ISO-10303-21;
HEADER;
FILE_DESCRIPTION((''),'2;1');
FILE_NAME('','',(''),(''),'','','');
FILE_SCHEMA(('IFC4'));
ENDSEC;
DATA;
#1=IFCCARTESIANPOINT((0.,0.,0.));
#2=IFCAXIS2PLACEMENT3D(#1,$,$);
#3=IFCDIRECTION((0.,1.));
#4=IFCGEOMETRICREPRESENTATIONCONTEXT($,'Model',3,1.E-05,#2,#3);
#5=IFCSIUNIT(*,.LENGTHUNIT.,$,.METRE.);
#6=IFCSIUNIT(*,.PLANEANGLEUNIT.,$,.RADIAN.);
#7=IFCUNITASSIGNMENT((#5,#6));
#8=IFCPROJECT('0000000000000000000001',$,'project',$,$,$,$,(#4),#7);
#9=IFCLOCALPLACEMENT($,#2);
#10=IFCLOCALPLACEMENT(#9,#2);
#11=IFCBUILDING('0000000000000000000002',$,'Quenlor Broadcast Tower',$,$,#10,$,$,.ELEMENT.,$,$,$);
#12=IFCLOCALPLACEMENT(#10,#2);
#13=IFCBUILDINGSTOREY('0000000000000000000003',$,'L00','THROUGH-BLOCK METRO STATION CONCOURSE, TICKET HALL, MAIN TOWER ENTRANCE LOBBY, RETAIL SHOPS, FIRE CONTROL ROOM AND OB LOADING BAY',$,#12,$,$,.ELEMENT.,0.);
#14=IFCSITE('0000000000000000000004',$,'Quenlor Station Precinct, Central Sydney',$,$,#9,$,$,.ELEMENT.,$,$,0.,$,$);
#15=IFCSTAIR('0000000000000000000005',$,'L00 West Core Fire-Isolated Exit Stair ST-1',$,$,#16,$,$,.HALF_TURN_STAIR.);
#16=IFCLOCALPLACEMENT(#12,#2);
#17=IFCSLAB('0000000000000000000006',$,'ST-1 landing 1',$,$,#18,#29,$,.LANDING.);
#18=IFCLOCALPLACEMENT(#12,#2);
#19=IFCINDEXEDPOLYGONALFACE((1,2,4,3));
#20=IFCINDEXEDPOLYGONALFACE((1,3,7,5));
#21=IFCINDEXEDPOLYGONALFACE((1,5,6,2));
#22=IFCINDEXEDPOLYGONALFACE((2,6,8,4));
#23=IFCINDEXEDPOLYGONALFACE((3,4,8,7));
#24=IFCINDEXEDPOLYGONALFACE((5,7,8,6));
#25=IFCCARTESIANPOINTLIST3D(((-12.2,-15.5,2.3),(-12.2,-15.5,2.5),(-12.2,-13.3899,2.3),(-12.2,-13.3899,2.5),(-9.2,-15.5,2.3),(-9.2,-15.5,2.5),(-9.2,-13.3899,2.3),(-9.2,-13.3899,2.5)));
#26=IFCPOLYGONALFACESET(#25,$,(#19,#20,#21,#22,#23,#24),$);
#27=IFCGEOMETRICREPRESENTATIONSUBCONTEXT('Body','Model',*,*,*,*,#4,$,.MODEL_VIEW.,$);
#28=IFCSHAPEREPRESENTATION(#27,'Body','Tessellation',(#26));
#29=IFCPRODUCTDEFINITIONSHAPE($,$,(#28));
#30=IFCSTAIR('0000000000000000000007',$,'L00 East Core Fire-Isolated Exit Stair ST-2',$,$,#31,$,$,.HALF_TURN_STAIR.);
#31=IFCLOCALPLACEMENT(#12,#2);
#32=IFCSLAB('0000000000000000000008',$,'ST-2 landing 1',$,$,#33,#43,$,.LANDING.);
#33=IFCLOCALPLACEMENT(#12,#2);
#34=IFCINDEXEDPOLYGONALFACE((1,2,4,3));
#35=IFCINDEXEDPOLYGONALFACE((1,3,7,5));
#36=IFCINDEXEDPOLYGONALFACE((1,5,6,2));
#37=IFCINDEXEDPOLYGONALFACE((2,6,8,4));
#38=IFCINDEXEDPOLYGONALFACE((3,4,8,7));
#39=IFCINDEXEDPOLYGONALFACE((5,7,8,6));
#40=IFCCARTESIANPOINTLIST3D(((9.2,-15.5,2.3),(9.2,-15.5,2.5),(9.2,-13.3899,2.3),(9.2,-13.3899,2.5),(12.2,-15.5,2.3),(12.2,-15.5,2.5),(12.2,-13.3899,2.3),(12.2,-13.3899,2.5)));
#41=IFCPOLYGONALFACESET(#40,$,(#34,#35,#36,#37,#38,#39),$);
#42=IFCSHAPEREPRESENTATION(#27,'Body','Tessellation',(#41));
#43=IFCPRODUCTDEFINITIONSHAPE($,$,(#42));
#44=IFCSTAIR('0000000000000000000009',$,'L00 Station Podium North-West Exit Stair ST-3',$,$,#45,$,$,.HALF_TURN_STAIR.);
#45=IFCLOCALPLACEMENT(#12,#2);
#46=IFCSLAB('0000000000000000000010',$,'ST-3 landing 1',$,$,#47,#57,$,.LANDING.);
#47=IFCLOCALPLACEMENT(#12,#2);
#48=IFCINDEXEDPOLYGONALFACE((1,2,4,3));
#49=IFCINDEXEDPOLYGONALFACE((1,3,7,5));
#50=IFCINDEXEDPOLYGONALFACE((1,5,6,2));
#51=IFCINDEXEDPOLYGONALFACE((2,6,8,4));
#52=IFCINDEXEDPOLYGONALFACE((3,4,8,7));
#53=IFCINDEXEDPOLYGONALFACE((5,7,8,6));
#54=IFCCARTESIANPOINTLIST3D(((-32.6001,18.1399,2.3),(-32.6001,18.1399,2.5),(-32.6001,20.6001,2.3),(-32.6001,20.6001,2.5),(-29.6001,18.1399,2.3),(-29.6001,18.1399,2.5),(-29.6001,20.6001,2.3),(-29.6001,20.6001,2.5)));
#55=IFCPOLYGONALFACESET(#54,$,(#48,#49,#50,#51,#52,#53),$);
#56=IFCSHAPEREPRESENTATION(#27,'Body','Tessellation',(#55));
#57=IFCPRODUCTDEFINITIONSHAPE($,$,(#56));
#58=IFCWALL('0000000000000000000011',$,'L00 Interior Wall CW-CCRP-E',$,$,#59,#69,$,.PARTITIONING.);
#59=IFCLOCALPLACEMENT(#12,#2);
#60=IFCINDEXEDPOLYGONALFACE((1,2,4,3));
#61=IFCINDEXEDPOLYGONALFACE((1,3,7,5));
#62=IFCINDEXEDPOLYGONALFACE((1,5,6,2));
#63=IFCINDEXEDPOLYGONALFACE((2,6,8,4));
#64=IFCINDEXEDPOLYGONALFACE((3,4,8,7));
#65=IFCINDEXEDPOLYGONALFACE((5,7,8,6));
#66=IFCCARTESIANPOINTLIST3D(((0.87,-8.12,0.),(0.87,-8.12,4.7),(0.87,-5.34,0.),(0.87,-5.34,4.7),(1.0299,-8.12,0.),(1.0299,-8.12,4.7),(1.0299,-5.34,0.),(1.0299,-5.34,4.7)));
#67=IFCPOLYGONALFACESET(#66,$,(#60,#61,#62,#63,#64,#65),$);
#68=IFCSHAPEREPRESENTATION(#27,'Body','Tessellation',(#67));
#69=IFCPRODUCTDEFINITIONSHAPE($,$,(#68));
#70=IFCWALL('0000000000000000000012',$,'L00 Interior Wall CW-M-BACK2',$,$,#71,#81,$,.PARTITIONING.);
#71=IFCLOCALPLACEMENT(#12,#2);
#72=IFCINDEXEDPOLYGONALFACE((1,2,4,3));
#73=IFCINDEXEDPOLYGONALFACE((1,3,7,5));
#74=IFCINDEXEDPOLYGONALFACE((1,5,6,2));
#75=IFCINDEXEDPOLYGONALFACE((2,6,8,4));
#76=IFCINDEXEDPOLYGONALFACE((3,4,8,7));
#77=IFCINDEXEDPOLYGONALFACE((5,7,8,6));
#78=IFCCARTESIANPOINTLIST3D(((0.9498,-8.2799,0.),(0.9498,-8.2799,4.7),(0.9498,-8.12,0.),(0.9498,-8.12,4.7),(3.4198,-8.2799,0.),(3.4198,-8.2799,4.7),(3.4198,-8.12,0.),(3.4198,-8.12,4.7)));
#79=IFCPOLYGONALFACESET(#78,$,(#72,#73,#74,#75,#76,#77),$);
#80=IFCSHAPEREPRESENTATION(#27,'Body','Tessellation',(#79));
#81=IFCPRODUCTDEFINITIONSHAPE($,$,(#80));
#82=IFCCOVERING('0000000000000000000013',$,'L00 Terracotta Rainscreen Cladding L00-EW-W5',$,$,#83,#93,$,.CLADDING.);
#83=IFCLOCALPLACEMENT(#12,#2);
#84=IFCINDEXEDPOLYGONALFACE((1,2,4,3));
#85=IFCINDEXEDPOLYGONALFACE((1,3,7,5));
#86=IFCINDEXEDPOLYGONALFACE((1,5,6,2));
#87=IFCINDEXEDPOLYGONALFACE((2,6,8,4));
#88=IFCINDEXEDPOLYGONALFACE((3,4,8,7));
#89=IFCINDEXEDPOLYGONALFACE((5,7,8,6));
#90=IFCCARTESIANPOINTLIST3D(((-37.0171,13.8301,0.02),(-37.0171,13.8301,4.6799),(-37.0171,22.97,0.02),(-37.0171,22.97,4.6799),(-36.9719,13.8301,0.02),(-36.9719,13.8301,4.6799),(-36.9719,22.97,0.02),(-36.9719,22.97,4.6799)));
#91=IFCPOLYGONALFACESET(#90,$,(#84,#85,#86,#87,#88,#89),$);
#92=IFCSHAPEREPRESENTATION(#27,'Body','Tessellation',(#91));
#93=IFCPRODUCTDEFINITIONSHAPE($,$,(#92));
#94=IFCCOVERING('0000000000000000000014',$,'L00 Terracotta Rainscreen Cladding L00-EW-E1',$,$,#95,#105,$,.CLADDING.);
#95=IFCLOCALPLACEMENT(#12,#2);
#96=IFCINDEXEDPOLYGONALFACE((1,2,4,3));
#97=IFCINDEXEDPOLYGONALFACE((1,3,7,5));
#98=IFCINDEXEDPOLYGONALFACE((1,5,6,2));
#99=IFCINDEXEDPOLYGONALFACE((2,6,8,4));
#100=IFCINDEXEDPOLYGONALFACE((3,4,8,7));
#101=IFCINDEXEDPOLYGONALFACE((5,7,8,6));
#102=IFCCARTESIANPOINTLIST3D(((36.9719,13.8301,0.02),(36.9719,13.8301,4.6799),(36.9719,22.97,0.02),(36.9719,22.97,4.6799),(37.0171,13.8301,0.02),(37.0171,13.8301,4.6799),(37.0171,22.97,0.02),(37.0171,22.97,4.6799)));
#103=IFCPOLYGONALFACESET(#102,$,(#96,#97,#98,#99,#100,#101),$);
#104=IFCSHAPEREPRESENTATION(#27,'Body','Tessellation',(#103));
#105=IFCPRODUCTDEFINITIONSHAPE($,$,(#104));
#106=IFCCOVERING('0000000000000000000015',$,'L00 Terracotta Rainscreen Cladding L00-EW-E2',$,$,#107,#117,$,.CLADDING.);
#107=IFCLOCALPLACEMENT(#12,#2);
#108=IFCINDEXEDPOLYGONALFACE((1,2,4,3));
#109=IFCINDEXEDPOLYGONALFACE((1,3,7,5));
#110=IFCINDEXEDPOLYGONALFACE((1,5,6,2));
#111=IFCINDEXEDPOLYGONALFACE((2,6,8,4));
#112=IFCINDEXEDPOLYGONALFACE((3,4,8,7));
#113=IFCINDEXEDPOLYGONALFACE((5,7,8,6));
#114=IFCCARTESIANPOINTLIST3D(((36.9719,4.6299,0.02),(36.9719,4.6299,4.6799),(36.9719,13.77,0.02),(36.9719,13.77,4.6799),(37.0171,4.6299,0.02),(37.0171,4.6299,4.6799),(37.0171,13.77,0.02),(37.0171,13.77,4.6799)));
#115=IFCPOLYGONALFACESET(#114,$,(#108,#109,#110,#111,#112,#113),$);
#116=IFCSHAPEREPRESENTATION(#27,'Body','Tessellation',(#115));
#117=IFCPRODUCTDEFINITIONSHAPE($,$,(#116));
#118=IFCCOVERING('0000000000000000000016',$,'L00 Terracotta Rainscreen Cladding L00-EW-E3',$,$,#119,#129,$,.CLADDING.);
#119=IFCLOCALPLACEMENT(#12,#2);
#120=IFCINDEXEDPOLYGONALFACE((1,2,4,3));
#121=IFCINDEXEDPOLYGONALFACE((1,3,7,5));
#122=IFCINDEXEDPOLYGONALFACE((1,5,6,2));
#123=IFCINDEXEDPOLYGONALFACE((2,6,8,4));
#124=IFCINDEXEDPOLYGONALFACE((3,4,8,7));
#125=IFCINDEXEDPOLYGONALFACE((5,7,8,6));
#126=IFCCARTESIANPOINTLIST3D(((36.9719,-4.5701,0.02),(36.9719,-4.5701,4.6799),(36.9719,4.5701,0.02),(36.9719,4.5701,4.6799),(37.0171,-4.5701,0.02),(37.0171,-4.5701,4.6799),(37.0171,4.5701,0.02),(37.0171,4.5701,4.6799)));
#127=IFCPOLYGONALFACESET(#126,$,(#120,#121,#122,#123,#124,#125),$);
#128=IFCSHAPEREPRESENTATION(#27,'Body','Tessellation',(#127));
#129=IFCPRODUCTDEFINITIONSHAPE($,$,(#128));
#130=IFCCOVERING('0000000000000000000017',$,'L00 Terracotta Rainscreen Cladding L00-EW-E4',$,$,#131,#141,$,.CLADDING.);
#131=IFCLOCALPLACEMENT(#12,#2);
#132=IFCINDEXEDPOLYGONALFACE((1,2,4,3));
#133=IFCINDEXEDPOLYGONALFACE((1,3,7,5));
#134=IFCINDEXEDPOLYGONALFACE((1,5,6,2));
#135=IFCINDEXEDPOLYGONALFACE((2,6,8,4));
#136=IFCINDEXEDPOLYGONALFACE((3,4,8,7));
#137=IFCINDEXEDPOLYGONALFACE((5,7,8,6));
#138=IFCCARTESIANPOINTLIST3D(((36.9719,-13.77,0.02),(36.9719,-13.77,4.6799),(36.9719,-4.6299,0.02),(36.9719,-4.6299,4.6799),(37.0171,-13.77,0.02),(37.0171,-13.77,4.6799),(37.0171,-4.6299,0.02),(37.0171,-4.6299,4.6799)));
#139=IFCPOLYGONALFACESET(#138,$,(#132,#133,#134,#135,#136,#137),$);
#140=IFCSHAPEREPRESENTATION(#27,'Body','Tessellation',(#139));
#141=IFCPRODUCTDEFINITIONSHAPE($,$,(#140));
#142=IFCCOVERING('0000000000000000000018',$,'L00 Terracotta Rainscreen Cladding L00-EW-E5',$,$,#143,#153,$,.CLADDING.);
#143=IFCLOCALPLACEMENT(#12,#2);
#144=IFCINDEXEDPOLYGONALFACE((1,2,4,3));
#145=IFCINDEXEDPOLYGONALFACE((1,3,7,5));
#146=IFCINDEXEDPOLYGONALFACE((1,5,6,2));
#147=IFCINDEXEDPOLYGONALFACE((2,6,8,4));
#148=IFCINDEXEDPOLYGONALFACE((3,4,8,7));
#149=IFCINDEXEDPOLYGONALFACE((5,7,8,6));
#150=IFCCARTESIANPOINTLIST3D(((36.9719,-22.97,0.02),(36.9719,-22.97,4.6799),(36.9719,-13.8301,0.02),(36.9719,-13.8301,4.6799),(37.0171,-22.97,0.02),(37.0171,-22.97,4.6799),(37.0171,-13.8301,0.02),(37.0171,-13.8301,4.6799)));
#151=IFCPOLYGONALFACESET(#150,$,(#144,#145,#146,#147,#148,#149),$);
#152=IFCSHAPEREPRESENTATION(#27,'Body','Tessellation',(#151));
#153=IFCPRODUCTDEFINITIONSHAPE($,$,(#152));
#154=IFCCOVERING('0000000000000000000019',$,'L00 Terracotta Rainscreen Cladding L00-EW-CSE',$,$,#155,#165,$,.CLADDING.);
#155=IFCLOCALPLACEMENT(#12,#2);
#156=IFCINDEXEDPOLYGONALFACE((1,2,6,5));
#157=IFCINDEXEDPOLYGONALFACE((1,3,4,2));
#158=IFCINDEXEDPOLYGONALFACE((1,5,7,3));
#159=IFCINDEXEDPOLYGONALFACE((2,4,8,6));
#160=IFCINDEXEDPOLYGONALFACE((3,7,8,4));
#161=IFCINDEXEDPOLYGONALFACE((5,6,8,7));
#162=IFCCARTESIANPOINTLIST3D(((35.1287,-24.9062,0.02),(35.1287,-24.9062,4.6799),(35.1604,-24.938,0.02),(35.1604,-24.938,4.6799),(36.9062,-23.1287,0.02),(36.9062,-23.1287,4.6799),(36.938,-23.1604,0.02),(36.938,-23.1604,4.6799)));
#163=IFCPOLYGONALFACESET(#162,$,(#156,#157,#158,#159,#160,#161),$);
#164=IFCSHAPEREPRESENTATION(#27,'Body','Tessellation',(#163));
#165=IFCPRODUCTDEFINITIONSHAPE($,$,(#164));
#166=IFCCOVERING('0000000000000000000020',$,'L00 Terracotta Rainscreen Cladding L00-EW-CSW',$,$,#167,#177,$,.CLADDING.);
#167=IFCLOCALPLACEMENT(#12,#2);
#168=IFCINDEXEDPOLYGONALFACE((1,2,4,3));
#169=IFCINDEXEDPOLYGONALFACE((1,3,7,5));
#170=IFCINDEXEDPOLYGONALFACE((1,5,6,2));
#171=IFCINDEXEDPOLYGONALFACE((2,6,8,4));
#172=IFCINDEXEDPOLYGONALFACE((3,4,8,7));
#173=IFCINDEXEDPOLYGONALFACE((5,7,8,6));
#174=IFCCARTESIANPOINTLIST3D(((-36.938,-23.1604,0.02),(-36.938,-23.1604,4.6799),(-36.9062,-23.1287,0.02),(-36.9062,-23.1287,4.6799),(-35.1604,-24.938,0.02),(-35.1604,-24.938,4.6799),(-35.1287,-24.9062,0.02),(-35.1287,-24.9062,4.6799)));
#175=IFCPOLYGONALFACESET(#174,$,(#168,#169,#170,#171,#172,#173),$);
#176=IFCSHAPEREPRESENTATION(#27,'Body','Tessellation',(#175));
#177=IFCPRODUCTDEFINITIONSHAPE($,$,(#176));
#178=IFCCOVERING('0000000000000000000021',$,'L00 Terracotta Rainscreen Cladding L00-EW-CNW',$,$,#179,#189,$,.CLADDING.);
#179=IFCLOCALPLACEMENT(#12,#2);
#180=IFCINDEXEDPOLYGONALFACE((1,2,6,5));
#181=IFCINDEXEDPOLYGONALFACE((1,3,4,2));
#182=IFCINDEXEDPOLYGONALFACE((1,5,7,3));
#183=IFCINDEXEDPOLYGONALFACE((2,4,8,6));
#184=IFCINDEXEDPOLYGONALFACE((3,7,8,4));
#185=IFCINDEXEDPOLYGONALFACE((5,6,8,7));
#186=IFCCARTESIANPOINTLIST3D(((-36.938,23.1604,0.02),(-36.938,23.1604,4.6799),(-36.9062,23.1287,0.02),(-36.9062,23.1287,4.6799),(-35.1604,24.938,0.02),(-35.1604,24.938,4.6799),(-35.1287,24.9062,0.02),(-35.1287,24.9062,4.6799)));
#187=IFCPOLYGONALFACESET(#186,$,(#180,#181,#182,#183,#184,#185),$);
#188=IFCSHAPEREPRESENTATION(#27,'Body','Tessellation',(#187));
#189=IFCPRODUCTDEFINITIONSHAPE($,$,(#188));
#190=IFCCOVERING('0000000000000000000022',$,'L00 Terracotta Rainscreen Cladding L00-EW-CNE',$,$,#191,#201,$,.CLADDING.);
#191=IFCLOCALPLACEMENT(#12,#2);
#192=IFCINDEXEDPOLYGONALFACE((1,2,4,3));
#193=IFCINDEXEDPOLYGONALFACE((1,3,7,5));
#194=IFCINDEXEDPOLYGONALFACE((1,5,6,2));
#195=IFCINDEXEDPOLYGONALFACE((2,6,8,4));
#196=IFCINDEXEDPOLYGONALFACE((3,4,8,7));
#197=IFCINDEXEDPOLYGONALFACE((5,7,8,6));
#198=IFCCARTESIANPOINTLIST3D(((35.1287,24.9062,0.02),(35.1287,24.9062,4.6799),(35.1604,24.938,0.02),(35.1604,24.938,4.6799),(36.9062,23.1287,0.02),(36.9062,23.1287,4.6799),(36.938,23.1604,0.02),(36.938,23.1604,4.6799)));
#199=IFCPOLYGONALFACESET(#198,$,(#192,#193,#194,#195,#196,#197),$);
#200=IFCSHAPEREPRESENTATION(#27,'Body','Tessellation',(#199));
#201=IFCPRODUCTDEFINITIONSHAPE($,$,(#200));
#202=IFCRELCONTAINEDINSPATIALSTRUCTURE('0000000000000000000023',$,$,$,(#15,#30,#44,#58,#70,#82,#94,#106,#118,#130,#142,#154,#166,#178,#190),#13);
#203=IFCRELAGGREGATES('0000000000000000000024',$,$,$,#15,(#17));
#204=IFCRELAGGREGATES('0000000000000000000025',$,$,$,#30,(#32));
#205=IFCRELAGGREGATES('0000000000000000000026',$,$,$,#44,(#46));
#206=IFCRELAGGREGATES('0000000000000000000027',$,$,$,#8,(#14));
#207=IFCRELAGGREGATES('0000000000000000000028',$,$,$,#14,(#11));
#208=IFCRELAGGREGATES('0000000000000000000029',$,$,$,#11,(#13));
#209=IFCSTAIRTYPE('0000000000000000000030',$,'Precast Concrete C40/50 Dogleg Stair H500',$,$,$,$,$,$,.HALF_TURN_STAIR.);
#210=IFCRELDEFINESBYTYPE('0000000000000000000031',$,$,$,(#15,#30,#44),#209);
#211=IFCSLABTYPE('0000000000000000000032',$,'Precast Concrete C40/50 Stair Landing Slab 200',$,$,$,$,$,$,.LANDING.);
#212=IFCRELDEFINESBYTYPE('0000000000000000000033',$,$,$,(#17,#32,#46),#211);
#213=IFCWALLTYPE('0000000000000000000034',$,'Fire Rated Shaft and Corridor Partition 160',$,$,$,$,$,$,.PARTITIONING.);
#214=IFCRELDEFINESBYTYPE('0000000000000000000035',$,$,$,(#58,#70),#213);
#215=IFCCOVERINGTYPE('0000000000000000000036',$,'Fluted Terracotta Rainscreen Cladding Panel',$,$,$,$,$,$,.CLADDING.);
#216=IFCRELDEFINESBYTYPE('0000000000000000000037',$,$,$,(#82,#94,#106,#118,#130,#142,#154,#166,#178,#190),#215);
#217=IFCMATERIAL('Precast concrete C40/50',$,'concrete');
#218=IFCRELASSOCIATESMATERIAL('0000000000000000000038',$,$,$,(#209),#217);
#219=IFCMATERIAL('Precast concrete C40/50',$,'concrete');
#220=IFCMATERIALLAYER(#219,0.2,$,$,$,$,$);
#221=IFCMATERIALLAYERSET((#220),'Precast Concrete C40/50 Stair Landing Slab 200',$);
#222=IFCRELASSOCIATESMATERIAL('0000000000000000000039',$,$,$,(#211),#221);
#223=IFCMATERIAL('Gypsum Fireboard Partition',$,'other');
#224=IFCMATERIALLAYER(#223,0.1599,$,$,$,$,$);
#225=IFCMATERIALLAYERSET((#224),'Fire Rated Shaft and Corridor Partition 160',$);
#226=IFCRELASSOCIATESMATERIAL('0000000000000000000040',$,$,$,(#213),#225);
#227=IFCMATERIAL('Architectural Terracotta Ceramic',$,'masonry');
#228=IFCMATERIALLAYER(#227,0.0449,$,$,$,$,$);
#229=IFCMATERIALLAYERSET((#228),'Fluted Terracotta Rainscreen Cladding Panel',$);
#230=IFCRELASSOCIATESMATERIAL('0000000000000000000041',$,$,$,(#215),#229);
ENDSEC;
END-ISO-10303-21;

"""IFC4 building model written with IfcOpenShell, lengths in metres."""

from ifc_helpers import new_model, si_unit, direction, frame, frame_2d, origin, place, context, subcontext, project, spatial, polyline, rectangle, outline, extrude, material, layer, layer_set, type_object, element, aggregate, save


model = new_model("IFC4")

# Units and contexts
model_context = context("Model", 3, precision=1e-05, world=origin(), true_north=direction((0.0, 1.0)))
body_context = subcontext(model_context, "Body", "Model", "MODEL_VIEW")
ifc_project = project(units=[si_unit("LENGTHUNIT", "METRE"), si_unit("PLANEANGLEUNIT", "RADIAN")], contexts=[model_context])

# Site, building, storey
site_placement = place(None, origin())
site = spatial("IfcSite", under=ifc_project, at=site_placement, Name="Quenlor Station Precinct, Central Sydney", CompositionType="ELEMENT", RefElevation=0.0)
building_placement = place(site_placement, origin())
building = spatial("IfcBuilding", under=site, at=building_placement, Name="Quenlor Broadcast Tower", CompositionType="ELEMENT")
storey_placement = place(building_placement, origin())
storey = spatial("IfcBuildingStorey", under=building, at=storey_placement, Name="L00", Description="THROUGH-BLOCK METRO STATION CONCOURSE, TICKET HALL, MAIN TOWER ENTRANCE LOBBY, RETAIL SHOPS, FIRE CONTROL ROOM AND OB LOADING BAY", CompositionType="ELEMENT", Elevation=0.0)

# Stairs, slabs
ifc_material_1 = material(Name="Precast concrete C40/50", Category="concrete")
stair_type = type_object("IfcStairType", Name="Precast Concrete C40/50 Dogleg Stair H500", PredefinedType="HALF_TURN_STAIR", material=ifc_material_1)
stair_1_placement = place(storey_placement, origin())
stair_1 = element("IfcStair", 1, at=stair_1_placement, inside=storey, type_object=stair_type, Name="L00 West Core Fire-Isolated Exit Stair ST-1", PredefinedType="HALF_TURN_STAIR")
ifc_material_2 = material(Name="Precast concrete C40/50", Category="concrete")
ifc_layer_1 = layer(ifc_material_2, 0.2)
ifc_layer_set_1 = layer_set([ifc_layer_1], Name="Precast Concrete C40/50 Stair Landing Slab 200")
slab_type = type_object("IfcSlabType", Name="Precast Concrete C40/50 Stair Landing Slab 200", PredefinedType="LANDING", material=ifc_layer_set_1)
slab_1_placement = place(storey_placement, frame((0.0, 0.0, 2.3)))
slab_1 = element("IfcSlab", 2, at=slab_1_placement, type_object=slab_type, Name="ST-1 landing 1", PredefinedType="LANDING", context=body_context, shape_type="SweptSolid", body=[
    extrude(outline(polyline([(-12.2, -13.3899), (-12.2, -15.5), (-9.2, -15.5), (-9.2, -13.3899), (-12.2, -13.3899)])), origin(), (0.0, 0.0, 1.0), 0.2),
])
aggregate(stair_1, [slab_1])
stair_2_placement = place(storey_placement, origin())
stair_2 = element("IfcStair", 3, at=stair_2_placement, inside=storey, type_object=stair_type, Name="L00 East Core Fire-Isolated Exit Stair ST-2", PredefinedType="HALF_TURN_STAIR")
slab_2_placement = place(storey_placement, frame((0.0, 0.0, 2.3)))
slab_2 = element("IfcSlab", 4, at=slab_2_placement, type_object=slab_type, Name="ST-2 landing 1", PredefinedType="LANDING", context=body_context, shape_type="SweptSolid", body=[
    extrude(outline(polyline([(9.2, -13.3899), (9.2, -15.5), (12.2, -15.5), (12.2, -13.3899), (9.2, -13.3899)])), origin(), (0.0, 0.0, 1.0), 0.2),
])
aggregate(stair_2, [slab_2])
stair_3_placement = place(storey_placement, origin())
stair_3 = element("IfcStair", 5, at=stair_3_placement, inside=storey, type_object=stair_type, Name="L00 Station Podium North-West Exit Stair ST-3", PredefinedType="HALF_TURN_STAIR")
slab_3_placement = place(storey_placement, frame((0.0, 0.0, 2.3)))
slab_3 = element("IfcSlab", 6, at=slab_3_placement, type_object=slab_type, Name="ST-3 landing 1", PredefinedType="LANDING", context=body_context, shape_type="SweptSolid", body=[
    extrude(outline(polyline([(-29.6001, 18.1399), (-29.6001, 20.6001), (-32.6001, 20.6001), (-32.6001, 18.1399), (-29.6001, 18.1399)])), origin(), (0.0, 0.0, 1.0), 0.2),
])
aggregate(stair_3, [slab_3])

# Walls
ifc_material_3 = material(Name="Gypsum Fireboard Partition", Category="other")
ifc_layer_2 = layer(ifc_material_3, 0.1599)
ifc_layer_set_2 = layer_set([ifc_layer_2], Name="Fire Rated Shaft and Corridor Partition 160")
wall_type_1 = type_object("IfcWallType", Name="Fire Rated Shaft and Corridor Partition 160", PredefinedType="PARTITIONING", material=ifc_layer_set_2)
wall_1_placement = place(storey_placement, frame((0.95, -8.1201, 0.0), z_axis=(0.0, 0.0, 1.0), x_axis=(0.0, 1.0, 0.0)))
element("IfcWall", 7, at=wall_1_placement, inside=storey, type_object=wall_type_1, Name="L00 Interior Wall CW-CCRP-E", PredefinedType="PARTITIONING", context=body_context, shape_type="SweptSolid", body=[
    extrude(rectangle(XDim=2.78, YDim=0.1599, at=frame_2d((1.3901, 0.0))), origin(), (0.0, 0.0, 1.0), 4.7),
])
wall_2_placement = place(storey_placement, frame((0.95, -8.2, 0.0), z_axis=(0.0, 0.0, 1.0), x_axis=(1.0, 0.0, 0.0)))
element("IfcWall", 8, at=wall_2_placement, inside=storey, type_object=wall_type_1, Name="L00 Interior Wall CW-M-BACK2", PredefinedType="PARTITIONING", context=body_context, shape_type="SweptSolid", body=[
    extrude(rectangle(XDim=2.47, YDim=0.1599, at=frame_2d((1.2349, 0.0))), origin(), (0.0, 0.0, 1.0), 4.7),
])

# Coverings
ifc_material_4 = material(Name="Architectural Terracotta Ceramic", Category="masonry")
ifc_layer_3 = layer(ifc_material_4, 0.0449)
ifc_layer_set_3 = layer_set([ifc_layer_3], Name="Fluted Terracotta Rainscreen Cladding Panel")
covering_type = type_object("IfcCoveringType", Name="Fluted Terracotta Rainscreen Cladding Panel", PredefinedType="CLADDING", material=ifc_layer_set_3)
covering_1_placement = place(storey_placement, frame((0.0, 0.0, 0.02)))
element("IfcCovering", 9, at=covering_1_placement, inside=storey, type_object=covering_type, Name="L00 Terracotta Rainscreen Cladding L00-EW-W5", PredefinedType="CLADDING", context=body_context, shape_type="SweptSolid", body=[
    extrude(outline(polyline([(-36.9719, 13.8301), (-36.9719, 22.97), (-37.0171, 22.97), (-37.0171, 13.8301), (-36.9719, 13.8301)])), origin(), (0.0, 0.0, 1.0), 4.6599),
])
covering_2_placement = place(storey_placement, frame((0.0, 0.0, 0.02)))
element("IfcCovering", 10, at=covering_2_placement, inside=storey, type_object=covering_type, Name="L00 Terracotta Rainscreen Cladding L00-EW-E1", PredefinedType="CLADDING", context=body_context, shape_type="SweptSolid", body=[
    extrude(outline(polyline([(36.9719, 22.97), (36.9719, 13.8301), (37.0171, 13.8301), (37.0171, 22.97), (36.9719, 22.97)])), origin(), (0.0, 0.0, 1.0), 4.6599),
])
covering_3_placement = place(storey_placement, frame((0.0, 0.0, 0.02)))
element("IfcCovering", 11, at=covering_3_placement, inside=storey, type_object=covering_type, Name="L00 Terracotta Rainscreen Cladding L00-EW-E2", PredefinedType="CLADDING", context=body_context, shape_type="SweptSolid", body=[
    extrude(outline(polyline([(36.9719, 13.77), (36.9719, 4.6299), (37.0171, 4.6299), (37.0171, 13.77), (36.9719, 13.77)])), origin(), (0.0, 0.0, 1.0), 4.6599),
])
covering_4_placement = place(storey_placement, frame((0.0, 0.0, 0.02)))
element("IfcCovering", 12, at=covering_4_placement, inside=storey, type_object=covering_type, Name="L00 Terracotta Rainscreen Cladding L00-EW-E3", PredefinedType="CLADDING", context=body_context, shape_type="SweptSolid", body=[
    extrude(outline(polyline([(36.9719, 4.5701), (36.9719, -4.5701), (37.0171, -4.5701), (37.0171, 4.5701), (36.9719, 4.5701)])), origin(), (0.0, 0.0, 1.0), 4.6599),
])
covering_5_placement = place(storey_placement, frame((0.0, 0.0, 0.02)))
element("IfcCovering", 13, at=covering_5_placement, inside=storey, type_object=covering_type, Name="L00 Terracotta Rainscreen Cladding L00-EW-E4", PredefinedType="CLADDING", context=body_context, shape_type="SweptSolid", body=[
    extrude(outline(polyline([(36.9719, -4.6299), (36.9719, -13.77), (37.0171, -13.77), (37.0171, -4.6299), (36.9719, -4.6299)])), origin(), (0.0, 0.0, 1.0), 4.6599),
])
covering_6_placement = place(storey_placement, frame((0.0, 0.0, 0.02)))
element("IfcCovering", 14, at=covering_6_placement, inside=storey, type_object=covering_type, Name="L00 Terracotta Rainscreen Cladding L00-EW-E5", PredefinedType="CLADDING", context=body_context, shape_type="SweptSolid", body=[
    extrude(outline(polyline([(36.9719, -13.8301), (36.9719, -22.97), (37.0171, -22.97), (37.0171, -13.8301), (36.9719, -13.8301)])), origin(), (0.0, 0.0, 1.0), 4.6599),
])
covering_7_placement = place(storey_placement, frame((0.0, 0.0, 0.02)))
element("IfcCovering", 15, at=covering_7_placement, inside=storey, type_object=covering_type, Name="L00 Terracotta Rainscreen Cladding L00-EW-CSE", PredefinedType="CLADDING", context=body_context, shape_type="SweptSolid", body=[
    extrude(outline(polyline([(36.9062, -23.1287), (35.1287, -24.9062), (35.1604, -24.938), (36.938, -23.1604), (36.9062, -23.1287)])), origin(), (0.0, 0.0, 1.0), 4.6599),
])
covering_8_placement = place(storey_placement, frame((0.0, 0.0, 0.02)))
element("IfcCovering", 16, at=covering_8_placement, inside=storey, type_object=covering_type, Name="L00 Terracotta Rainscreen Cladding L00-EW-CSW", PredefinedType="CLADDING", context=body_context, shape_type="SweptSolid", body=[
    extrude(outline(polyline([(-35.1287, -24.9062), (-36.9062, -23.1287), (-36.938, -23.1604), (-35.1604, -24.938), (-35.1287, -24.9062)])), origin(), (0.0, 0.0, 1.0), 4.6599),
])
covering_9_placement = place(storey_placement, frame((0.0, 0.0, 0.02)))
element("IfcCovering", 17, at=covering_9_placement, inside=storey, type_object=covering_type, Name="L00 Terracotta Rainscreen Cladding L00-EW-CNW", PredefinedType="CLADDING", context=body_context, shape_type="SweptSolid", body=[
    extrude(outline(polyline([(-36.9062, 23.1287), (-35.1287, 24.9062), (-35.1604, 24.938), (-36.938, 23.1604), (-36.9062, 23.1287)])), origin(), (0.0, 0.0, 1.0), 4.6599),
])
covering_10_placement = place(storey_placement, frame((0.0, 0.0, 0.02)))
element("IfcCovering", 18, at=covering_10_placement, inside=storey, type_object=covering_type, Name="L00 Terracotta Rainscreen Cladding L00-EW-CNE", PredefinedType="CLADDING", context=body_context, shape_type="SweptSolid", body=[
    extrude(outline(polyline([(35.1287, 24.9062), (36.9062, 23.1287), (36.938, 23.1604), (35.1604, 24.938), (35.1287, 24.9062)])), origin(), (0.0, 0.0, 1.0), 4.6599),
])

save(model, "model.ifc")
